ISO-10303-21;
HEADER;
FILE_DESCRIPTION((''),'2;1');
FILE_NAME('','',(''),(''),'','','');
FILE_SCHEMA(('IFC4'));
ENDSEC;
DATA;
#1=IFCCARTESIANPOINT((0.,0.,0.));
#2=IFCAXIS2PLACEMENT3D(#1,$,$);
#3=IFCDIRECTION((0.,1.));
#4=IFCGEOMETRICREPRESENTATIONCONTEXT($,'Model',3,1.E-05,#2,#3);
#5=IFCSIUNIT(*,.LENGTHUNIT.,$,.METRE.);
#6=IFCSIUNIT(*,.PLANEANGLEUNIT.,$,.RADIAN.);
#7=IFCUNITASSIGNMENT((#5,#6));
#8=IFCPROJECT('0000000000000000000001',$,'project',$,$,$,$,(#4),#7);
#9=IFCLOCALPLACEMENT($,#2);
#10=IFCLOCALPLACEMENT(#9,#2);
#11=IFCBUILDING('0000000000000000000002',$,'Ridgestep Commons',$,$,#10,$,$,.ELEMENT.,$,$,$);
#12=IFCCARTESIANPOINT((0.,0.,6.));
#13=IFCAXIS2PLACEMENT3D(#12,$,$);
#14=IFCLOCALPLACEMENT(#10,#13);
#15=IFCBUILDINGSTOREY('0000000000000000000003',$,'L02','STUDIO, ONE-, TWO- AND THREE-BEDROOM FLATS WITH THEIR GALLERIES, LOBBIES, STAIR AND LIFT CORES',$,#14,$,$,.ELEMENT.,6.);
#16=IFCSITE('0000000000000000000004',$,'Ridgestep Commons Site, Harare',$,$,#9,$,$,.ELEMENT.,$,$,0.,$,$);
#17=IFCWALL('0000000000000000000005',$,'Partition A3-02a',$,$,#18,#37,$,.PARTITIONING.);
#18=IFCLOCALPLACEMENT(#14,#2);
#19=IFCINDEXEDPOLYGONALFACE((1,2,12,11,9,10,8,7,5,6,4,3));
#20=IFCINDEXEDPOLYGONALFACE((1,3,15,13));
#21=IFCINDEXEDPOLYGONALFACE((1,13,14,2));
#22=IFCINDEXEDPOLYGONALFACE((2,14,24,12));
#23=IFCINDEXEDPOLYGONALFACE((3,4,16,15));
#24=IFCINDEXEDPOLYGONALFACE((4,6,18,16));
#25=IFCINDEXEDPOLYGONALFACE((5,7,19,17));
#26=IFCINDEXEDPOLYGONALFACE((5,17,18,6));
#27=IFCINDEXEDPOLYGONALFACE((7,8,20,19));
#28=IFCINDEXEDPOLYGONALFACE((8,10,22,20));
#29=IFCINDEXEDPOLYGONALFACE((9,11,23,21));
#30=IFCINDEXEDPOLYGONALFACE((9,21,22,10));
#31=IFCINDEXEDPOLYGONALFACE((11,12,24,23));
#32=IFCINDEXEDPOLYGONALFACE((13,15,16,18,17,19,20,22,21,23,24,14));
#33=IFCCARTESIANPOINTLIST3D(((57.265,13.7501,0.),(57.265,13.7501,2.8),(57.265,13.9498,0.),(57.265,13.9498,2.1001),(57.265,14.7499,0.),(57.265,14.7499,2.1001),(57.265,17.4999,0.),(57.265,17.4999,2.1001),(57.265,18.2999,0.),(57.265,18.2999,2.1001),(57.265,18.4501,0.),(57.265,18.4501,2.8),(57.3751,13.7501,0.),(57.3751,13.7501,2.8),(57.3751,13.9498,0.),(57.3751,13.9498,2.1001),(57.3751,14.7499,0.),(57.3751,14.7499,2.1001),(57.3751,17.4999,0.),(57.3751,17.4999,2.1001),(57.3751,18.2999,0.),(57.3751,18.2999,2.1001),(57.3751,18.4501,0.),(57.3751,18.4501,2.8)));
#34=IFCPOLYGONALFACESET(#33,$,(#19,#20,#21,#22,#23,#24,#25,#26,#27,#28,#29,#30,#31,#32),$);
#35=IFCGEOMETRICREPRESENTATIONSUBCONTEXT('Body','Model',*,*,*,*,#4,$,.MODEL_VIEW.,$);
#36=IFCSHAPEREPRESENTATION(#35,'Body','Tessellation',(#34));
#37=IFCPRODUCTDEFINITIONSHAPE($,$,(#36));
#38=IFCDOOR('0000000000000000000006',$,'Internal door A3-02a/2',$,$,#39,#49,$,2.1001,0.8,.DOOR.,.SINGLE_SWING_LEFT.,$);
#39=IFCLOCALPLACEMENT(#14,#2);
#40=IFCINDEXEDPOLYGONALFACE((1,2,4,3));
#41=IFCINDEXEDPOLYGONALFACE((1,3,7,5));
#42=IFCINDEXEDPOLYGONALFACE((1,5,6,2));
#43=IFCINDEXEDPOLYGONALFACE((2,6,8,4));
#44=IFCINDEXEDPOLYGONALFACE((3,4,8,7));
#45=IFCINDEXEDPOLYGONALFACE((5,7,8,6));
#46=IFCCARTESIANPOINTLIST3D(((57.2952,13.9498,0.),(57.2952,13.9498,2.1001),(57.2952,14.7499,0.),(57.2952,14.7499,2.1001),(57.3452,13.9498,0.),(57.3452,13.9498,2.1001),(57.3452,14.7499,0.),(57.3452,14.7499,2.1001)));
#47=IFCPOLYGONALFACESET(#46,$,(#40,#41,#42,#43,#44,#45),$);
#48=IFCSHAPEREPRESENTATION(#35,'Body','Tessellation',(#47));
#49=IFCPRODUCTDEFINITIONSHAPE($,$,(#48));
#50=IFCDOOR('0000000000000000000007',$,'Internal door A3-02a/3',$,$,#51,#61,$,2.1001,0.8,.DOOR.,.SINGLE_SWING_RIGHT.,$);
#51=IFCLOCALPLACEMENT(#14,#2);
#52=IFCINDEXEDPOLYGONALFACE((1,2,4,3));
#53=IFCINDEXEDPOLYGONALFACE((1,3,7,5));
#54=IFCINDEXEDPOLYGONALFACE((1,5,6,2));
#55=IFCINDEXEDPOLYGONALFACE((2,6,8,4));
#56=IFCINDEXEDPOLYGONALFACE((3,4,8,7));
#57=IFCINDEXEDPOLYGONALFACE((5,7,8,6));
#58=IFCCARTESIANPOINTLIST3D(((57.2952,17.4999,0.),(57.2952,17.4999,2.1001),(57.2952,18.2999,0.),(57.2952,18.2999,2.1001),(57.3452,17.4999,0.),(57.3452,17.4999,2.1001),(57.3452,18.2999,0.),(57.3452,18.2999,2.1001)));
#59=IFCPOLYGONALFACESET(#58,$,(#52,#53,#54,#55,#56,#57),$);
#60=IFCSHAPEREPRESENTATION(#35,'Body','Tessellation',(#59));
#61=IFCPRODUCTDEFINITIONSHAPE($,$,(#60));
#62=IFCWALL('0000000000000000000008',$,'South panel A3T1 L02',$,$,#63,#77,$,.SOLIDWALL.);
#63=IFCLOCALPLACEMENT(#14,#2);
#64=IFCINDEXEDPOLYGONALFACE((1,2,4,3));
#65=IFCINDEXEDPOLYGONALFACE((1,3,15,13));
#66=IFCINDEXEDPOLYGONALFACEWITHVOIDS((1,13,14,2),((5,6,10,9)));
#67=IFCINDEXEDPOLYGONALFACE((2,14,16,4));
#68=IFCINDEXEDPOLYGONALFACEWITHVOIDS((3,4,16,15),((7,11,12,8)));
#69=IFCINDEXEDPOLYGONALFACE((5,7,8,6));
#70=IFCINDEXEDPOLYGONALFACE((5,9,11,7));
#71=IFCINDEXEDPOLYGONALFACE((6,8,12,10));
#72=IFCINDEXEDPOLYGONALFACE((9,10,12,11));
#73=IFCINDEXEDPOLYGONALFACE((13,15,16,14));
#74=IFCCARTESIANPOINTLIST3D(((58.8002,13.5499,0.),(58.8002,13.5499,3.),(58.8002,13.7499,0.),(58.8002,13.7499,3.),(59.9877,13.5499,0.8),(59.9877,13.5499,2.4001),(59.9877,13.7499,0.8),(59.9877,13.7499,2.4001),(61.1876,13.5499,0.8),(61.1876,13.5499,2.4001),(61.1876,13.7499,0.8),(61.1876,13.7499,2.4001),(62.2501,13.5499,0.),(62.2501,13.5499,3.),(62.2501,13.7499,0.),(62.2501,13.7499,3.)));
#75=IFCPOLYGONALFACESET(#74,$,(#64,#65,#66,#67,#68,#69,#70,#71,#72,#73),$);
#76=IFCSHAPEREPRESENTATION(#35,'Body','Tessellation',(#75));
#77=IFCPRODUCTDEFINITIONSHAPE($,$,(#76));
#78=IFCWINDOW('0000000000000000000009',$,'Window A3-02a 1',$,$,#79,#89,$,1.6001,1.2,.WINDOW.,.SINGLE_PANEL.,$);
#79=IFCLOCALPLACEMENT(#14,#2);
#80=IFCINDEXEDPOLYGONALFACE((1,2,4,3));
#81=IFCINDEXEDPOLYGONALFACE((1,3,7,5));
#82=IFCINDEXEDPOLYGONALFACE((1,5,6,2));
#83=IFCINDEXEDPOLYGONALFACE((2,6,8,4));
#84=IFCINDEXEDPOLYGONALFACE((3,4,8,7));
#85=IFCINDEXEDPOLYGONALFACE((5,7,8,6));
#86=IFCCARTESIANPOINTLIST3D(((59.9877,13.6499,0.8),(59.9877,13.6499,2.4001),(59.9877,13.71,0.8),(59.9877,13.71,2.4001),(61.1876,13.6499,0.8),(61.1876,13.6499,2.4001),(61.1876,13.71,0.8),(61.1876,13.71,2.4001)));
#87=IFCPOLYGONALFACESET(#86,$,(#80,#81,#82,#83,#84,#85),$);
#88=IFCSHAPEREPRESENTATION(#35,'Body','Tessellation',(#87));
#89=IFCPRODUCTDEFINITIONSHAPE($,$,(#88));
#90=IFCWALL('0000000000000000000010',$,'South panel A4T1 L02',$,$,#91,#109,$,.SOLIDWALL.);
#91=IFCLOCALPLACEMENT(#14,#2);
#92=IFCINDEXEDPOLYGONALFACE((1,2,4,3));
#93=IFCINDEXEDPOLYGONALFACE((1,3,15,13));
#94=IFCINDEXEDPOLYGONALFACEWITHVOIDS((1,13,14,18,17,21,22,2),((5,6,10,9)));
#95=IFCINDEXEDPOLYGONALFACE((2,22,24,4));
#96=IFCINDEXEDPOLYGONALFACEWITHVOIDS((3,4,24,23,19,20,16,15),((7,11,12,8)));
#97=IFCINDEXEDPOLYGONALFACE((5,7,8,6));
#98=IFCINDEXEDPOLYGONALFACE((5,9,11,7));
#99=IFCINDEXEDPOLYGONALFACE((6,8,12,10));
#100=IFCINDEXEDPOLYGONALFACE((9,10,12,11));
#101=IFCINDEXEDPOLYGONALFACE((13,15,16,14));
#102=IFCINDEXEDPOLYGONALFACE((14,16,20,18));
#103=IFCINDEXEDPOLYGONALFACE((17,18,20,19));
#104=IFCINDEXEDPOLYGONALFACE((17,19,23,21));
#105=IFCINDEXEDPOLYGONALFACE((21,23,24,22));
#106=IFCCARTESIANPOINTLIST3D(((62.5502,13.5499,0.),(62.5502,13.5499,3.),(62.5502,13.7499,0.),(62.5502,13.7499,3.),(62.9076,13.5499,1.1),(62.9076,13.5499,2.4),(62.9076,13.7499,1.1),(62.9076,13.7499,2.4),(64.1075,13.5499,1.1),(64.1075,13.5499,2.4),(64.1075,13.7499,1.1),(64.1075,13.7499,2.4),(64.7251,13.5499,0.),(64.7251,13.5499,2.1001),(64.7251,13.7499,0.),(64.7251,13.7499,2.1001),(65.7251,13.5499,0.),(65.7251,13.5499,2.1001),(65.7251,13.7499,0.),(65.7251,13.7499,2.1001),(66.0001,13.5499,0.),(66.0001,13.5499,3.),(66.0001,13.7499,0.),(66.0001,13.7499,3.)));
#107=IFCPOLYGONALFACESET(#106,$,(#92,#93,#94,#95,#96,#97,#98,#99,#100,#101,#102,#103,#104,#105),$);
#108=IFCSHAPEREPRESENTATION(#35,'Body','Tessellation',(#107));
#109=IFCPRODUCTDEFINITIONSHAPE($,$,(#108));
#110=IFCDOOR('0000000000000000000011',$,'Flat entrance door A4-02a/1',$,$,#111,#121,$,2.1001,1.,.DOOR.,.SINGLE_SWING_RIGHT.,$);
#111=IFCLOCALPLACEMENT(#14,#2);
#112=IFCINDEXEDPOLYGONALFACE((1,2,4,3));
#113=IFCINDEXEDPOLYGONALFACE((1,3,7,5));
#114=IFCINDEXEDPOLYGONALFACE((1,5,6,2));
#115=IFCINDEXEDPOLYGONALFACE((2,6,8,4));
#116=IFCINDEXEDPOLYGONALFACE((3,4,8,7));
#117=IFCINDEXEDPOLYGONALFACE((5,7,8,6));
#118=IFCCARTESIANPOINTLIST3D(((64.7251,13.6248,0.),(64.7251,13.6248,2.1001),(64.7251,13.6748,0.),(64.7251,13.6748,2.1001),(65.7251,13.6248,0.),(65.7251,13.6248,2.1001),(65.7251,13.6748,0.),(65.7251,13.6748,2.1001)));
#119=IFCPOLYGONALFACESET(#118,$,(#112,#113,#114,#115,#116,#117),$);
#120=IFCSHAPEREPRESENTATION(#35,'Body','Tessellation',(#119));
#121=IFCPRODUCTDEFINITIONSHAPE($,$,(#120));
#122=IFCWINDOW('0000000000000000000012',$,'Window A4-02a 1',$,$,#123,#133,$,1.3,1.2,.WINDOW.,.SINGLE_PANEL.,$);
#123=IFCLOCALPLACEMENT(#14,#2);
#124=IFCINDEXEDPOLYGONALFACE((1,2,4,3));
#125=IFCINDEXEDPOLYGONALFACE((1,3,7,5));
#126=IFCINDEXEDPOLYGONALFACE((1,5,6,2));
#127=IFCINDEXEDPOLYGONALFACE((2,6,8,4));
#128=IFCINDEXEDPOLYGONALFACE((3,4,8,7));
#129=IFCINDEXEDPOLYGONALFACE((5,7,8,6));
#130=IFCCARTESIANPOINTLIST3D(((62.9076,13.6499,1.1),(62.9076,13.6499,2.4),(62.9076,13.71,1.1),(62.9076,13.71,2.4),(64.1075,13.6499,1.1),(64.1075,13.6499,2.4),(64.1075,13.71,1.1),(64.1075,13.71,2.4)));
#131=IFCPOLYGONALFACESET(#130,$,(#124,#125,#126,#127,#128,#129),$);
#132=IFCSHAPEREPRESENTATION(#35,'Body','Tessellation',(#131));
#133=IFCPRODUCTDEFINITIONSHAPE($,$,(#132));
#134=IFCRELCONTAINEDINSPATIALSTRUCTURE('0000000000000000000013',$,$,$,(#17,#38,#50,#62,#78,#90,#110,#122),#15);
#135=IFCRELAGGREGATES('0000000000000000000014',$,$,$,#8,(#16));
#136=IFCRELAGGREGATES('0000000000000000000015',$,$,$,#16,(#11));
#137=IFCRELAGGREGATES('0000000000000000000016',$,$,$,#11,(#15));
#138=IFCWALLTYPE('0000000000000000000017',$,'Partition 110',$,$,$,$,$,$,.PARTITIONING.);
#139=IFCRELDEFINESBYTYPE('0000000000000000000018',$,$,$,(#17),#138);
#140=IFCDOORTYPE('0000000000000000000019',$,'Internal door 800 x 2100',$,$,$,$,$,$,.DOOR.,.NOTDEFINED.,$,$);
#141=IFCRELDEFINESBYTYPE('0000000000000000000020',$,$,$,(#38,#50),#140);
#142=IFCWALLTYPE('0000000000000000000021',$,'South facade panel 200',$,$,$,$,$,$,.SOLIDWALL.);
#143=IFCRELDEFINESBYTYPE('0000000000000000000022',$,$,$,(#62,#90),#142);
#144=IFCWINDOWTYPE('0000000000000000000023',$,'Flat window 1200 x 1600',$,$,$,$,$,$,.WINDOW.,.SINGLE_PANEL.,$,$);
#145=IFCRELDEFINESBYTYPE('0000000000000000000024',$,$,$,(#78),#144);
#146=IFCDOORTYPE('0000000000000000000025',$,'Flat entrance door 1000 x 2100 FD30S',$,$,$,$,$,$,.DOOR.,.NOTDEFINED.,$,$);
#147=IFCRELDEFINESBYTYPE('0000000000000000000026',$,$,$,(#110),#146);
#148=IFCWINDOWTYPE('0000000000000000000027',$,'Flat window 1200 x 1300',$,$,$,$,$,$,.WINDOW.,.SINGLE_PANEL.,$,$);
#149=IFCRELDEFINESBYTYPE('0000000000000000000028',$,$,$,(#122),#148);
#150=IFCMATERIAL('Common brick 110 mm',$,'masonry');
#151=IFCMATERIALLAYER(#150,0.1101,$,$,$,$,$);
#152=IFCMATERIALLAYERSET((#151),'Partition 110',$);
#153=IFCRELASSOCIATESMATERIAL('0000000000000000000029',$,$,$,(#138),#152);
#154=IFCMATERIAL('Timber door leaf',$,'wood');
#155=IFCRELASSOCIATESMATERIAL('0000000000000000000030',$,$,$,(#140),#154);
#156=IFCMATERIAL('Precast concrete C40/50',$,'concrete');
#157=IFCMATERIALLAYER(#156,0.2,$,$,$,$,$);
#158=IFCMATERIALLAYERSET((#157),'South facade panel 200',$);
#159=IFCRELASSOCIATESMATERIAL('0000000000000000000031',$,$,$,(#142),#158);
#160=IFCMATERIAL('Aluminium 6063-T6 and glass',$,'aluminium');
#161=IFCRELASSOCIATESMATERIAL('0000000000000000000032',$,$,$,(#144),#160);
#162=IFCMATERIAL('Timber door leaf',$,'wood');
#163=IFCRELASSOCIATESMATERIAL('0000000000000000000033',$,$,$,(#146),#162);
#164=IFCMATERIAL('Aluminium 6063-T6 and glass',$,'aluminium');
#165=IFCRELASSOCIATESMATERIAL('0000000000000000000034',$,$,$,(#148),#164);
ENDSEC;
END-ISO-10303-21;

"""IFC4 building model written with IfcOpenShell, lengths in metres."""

from ifc_helpers import new_model, si_unit, direction, frame, frame_2d, origin, place, context, subcontext, project, spatial, rectangle, extrude, material, layer, layer_set, type_object, element, fill, save


model = new_model("IFC4")

# Units and contexts
model_context = context("Model", 3, precision=1e-05, world=origin(), true_north=direction((0.0, 1.0)))
body_context = subcontext(model_context, "Body", "Model", "MODEL_VIEW")
ifc_project = project(units=[si_unit("LENGTHUNIT", "METRE"), si_unit("PLANEANGLEUNIT", "RADIAN")], contexts=[model_context])

# Site, building, storey
site_placement = place(None, origin())
site = spatial("IfcSite", under=ifc_project, at=site_placement, Name="Ridgestep Commons Site, Harare", CompositionType="ELEMENT", RefElevation=0.0)
building_placement = place(site_placement, origin())
building = spatial("IfcBuilding", under=site, at=building_placement, Name="Ridgestep Commons", CompositionType="ELEMENT")
storey_placement = place(building_placement, frame((0.0, 0.0, 6.0)))
storey = spatial("IfcBuildingStorey", under=building, at=storey_placement, Name="L02", Description="STUDIO, ONE-, TWO- AND THREE-BEDROOM FLATS WITH THEIR GALLERIES, LOBBIES, STAIR AND LIFT CORES", CompositionType="ELEMENT", Elevation=6.0)

# Wall, openings, doors
ifc_material_1 = material(Name="Common brick 110 mm", Category="masonry")
ifc_layer_1 = layer(ifc_material_1, 0.1101)
ifc_layer_set_1 = layer_set([ifc_layer_1], Name="Partition 110")
wall_type_1 = type_object("IfcWallType", Name="Partition 110", PredefinedType="PARTITIONING", material=ifc_layer_set_1)
wall_1_placement = place(storey_placement, frame((57.3201, 13.75, 0.0), z_axis=(0.0, 0.0, 1.0), x_axis=(0.0, 1.0, 0.0)))
wall_1 = element("IfcWall", 1, at=wall_1_placement, inside=storey, type_object=wall_type_1, Name="Partition A3-02a", PredefinedType="PARTITIONING", context=body_context, shape_type="SweptSolid", body=[
    extrude(rectangle(XDim=4.7, YDim=0.1101, at=frame_2d((2.3501, 0.0))), origin(), (0.0, 0.0, 1.0), 2.8),
])
opening_1_placement = place(wall_1_placement, frame((0.2, 0.0, 0.0)))
opening_1 = element("IfcOpeningElement", 2, at=opening_1_placement, cuts=wall_1, PredefinedType="OPENING", context=body_context, shape_type="SweptSolid", body=[
    extrude(rectangle(XDim=0.8, YDim=2.1001, at=frame_2d((0.3999, 1.05))), frame((0.0, 0.0649, 0.0), z_axis=(0.0, -1.0, 0.0), x_axis=(1.0, 0.0, 0.0)), (0.0, 0.0, 1.0), 0.1301),
])
opening_2_placement = place(wall_1_placement, frame((3.75, 0.0, 0.0)))
opening_2 = element("IfcOpeningElement", 3, at=opening_2_placement, cuts=wall_1, PredefinedType="OPENING", context=body_context, shape_type="SweptSolid", body=[
    extrude(rectangle(XDim=0.8, YDim=2.1001, at=frame_2d((0.3999, 1.05))), frame((0.0, 0.0649, 0.0), z_axis=(0.0, -1.0, 0.0), x_axis=(1.0, 0.0, 0.0)), (0.0, 0.0, 1.0), 0.1301),
])
ifc_material_2 = material(Name="Timber door leaf", Category="wood")
door_type_1 = type_object("IfcDoorType", Name="Internal door 800 x 2100", OperationType="NOTDEFINED", PredefinedType="DOOR", material=ifc_material_2)
door_1_placement = place(opening_1_placement, origin())
door_1 = element("IfcDoor", 4, at=door_1_placement, inside=storey, type_object=door_type_1, Name="Internal door A3-02a/2", OperationType="SINGLE_SWING_LEFT", OverallHeight=2.1001, OverallWidth=0.8, PredefinedType="DOOR", context=body_context, shape_type="SweptSolid", body=[
    extrude(rectangle(XDim=0.8, YDim=2.1001, at=frame_2d((0.3999, 1.05))), frame((0.0, 0.0249, 0.0), z_axis=(0.0, -1.0, 0.0), x_axis=(1.0, 0.0, 0.0)), (0.0, 0.0, 1.0), 0.05),
])
fill(opening_1, door_1)
door_2_placement = place(opening_2_placement, origin())
door_2 = element("IfcDoor", 5, at=door_2_placement, inside=storey, type_object=door_type_1, Name="Internal door A3-02a/3", OperationType="SINGLE_SWING_RIGHT", OverallHeight=2.1001, OverallWidth=0.8, PredefinedType="DOOR", context=body_context, shape_type="SweptSolid", body=[
    extrude(rectangle(XDim=0.8, YDim=2.1001, at=frame_2d((0.3999, 1.05))), frame((0.0, 0.0249, 0.0), z_axis=(0.0, -1.0, 0.0), x_axis=(1.0, 0.0, 0.0)), (0.0, 0.0, 1.0), 0.05),
])
fill(opening_2, door_2)

# Wall, opening, window
ifc_material_3 = material(Name="Precast concrete C40/50", Category="concrete")
ifc_layer_2 = layer(ifc_material_3, 0.2)
ifc_layer_set_2 = layer_set([ifc_layer_2], Name="South facade panel 200")
wall_type_2 = type_object("IfcWallType", Name="South facade panel 200", PredefinedType="SOLIDWALL", material=ifc_layer_set_2)
wall_2_placement = place(storey_placement, frame((58.8, 13.6499, 0.0), z_axis=(0.0, 0.0, 1.0), x_axis=(1.0, 0.0, 0.0)))
wall_2 = element("IfcWall", 6, at=wall_2_placement, inside=storey, type_object=wall_type_2, Name="South panel A3T1 L02", PredefinedType="SOLIDWALL", context=body_context, shape_type="SweptSolid", body=[
    extrude(rectangle(XDim=3.45, YDim=0.2, at=frame_2d((1.7251, 0.0))), origin(), (0.0, 0.0, 1.0), 3.0),
])
opening_3_placement = place(wall_2_placement, frame((1.1875, 0.0, 0.8)))
opening_3 = element("IfcOpeningElement", 7, at=opening_3_placement, cuts=wall_2, PredefinedType="OPENING", context=body_context, shape_type="SweptSolid", body=[
    extrude(rectangle(XDim=1.2, YDim=1.6001, at=frame_2d((0.6001, 0.8))), frame((0.0, 0.1099, 0.0), z_axis=(0.0, -1.0, 0.0), x_axis=(1.0, 0.0, 0.0)), (0.0, 0.0, 1.0), 0.22),
])
ifc_material_4 = material(Name="Aluminium 6063-T6 and glass", Category="aluminium")
window_type_1 = type_object("IfcWindowType", Name="Flat window 1200 x 1600", PartitioningType="SINGLE_PANEL", PredefinedType="WINDOW", material=ifc_material_4)
window_1_placement = place(opening_3_placement, origin())
window_1 = element("IfcWindow", 8, at=window_1_placement, inside=storey, type_object=window_type_1, Name="Window A3-02a 1", OverallHeight=1.6001, OverallWidth=1.2, PartitioningType="SINGLE_PANEL", PredefinedType="WINDOW", context=body_context, shape_type="SweptSolid", body=[
    extrude(rectangle(XDim=1.2, YDim=1.6001, at=frame_2d((0.6001, 0.8))), frame((0.0, 0.0601, 0.0), z_axis=(0.0, -1.0, 0.0), x_axis=(1.0, 0.0, 0.0)), (0.0, 0.0, 1.0), 0.0601),
])
fill(opening_3, window_1)

# Wall, openings, door, window
wall_3_placement = place(storey_placement, frame((62.55, 13.6499, 0.0), z_axis=(0.0, 0.0, 1.0), x_axis=(1.0, 0.0, 0.0)))
wall_3 = element("IfcWall", 9, at=wall_3_placement, inside=storey, type_object=wall_type_2, Name="South panel A4T1 L02", PredefinedType="SOLIDWALL", context=body_context, shape_type="SweptSolid", body=[
    extrude(rectangle(XDim=3.45, YDim=0.2, at=frame_2d((1.7251, 0.0))), origin(), (0.0, 0.0, 1.0), 3.0),
])
opening_4_placement = place(wall_3_placement, frame((0.3574, 0.0, 1.1001)))
opening_4 = element("IfcOpeningElement", 10, at=opening_4_placement, cuts=wall_3, PredefinedType="OPENING", context=body_context, shape_type="SweptSolid", body=[
    extrude(rectangle(XDim=1.2, YDim=1.3, at=frame_2d((0.6001, 0.6499))), frame((0.0, 0.1099, 0.0), z_axis=(0.0, -1.0, 0.0), x_axis=(1.0, 0.0, 0.0)), (0.0, 0.0, 1.0), 0.22),
])
opening_5_placement = place(wall_3_placement, frame((2.175, 0.0, 0.0)))
opening_5 = element("IfcOpeningElement", 11, at=opening_5_placement, cuts=wall_3, PredefinedType="OPENING", context=body_context, shape_type="SweptSolid", body=[
    extrude(rectangle(XDim=1.0, YDim=2.1001, at=frame_2d((0.5, 1.05))), frame((0.0, 0.1099, 0.0), z_axis=(0.0, -1.0, 0.0), x_axis=(1.0, 0.0, 0.0)), (0.0, 0.0, 1.0), 0.22),
])
ifc_material_5 = material(Name="Timber door leaf", Category="wood")
door_type_2 = type_object("IfcDoorType", Name="Flat entrance door 1000 x 2100 FD30S", OperationType="NOTDEFINED", PredefinedType="DOOR", material=ifc_material_5)
door_3_placement = place(opening_5_placement, origin())
door_3 = element("IfcDoor", 12, at=door_3_placement, inside=storey, type_object=door_type_2, Name="Flat entrance door A4-02a/1", OperationType="SINGLE_SWING_RIGHT", OverallHeight=2.1001, OverallWidth=1.0, PredefinedType="DOOR", context=body_context, shape_type="SweptSolid", body=[
    extrude(rectangle(XDim=1.0, YDim=2.1001, at=frame_2d((0.5, 1.05))), frame((0.0, 0.0249, 0.0), z_axis=(0.0, -1.0, 0.0), x_axis=(1.0, 0.0, 0.0)), (0.0, 0.0, 1.0), 0.05),
])
fill(opening_5, door_3)
ifc_material_6 = material(Name="Aluminium 6063-T6 and glass", Category="aluminium")
window_type_2 = type_object("IfcWindowType", Name="Flat window 1200 x 1300", PartitioningType="SINGLE_PANEL", PredefinedType="WINDOW", material=ifc_material_6)
window_2_placement = place(opening_4_placement, origin())
window_2 = element("IfcWindow", 13, at=window_2_placement, inside=storey, type_object=window_type_2, Name="Window A4-02a 1", OverallHeight=1.3, OverallWidth=1.2, PartitioningType="SINGLE_PANEL", PredefinedType="WINDOW", context=body_context, shape_type="SweptSolid", body=[
    extrude(rectangle(XDim=1.2, YDim=1.3, at=frame_2d((0.6001, 0.6499))), frame((0.0, 0.0601, 0.0), z_axis=(0.0, -1.0, 0.0), x_axis=(1.0, 0.0, 0.0)), (0.0, 0.0, 1.0), 0.0601),
])
fill(opening_4, window_2)

save(model, "model.ifc")
